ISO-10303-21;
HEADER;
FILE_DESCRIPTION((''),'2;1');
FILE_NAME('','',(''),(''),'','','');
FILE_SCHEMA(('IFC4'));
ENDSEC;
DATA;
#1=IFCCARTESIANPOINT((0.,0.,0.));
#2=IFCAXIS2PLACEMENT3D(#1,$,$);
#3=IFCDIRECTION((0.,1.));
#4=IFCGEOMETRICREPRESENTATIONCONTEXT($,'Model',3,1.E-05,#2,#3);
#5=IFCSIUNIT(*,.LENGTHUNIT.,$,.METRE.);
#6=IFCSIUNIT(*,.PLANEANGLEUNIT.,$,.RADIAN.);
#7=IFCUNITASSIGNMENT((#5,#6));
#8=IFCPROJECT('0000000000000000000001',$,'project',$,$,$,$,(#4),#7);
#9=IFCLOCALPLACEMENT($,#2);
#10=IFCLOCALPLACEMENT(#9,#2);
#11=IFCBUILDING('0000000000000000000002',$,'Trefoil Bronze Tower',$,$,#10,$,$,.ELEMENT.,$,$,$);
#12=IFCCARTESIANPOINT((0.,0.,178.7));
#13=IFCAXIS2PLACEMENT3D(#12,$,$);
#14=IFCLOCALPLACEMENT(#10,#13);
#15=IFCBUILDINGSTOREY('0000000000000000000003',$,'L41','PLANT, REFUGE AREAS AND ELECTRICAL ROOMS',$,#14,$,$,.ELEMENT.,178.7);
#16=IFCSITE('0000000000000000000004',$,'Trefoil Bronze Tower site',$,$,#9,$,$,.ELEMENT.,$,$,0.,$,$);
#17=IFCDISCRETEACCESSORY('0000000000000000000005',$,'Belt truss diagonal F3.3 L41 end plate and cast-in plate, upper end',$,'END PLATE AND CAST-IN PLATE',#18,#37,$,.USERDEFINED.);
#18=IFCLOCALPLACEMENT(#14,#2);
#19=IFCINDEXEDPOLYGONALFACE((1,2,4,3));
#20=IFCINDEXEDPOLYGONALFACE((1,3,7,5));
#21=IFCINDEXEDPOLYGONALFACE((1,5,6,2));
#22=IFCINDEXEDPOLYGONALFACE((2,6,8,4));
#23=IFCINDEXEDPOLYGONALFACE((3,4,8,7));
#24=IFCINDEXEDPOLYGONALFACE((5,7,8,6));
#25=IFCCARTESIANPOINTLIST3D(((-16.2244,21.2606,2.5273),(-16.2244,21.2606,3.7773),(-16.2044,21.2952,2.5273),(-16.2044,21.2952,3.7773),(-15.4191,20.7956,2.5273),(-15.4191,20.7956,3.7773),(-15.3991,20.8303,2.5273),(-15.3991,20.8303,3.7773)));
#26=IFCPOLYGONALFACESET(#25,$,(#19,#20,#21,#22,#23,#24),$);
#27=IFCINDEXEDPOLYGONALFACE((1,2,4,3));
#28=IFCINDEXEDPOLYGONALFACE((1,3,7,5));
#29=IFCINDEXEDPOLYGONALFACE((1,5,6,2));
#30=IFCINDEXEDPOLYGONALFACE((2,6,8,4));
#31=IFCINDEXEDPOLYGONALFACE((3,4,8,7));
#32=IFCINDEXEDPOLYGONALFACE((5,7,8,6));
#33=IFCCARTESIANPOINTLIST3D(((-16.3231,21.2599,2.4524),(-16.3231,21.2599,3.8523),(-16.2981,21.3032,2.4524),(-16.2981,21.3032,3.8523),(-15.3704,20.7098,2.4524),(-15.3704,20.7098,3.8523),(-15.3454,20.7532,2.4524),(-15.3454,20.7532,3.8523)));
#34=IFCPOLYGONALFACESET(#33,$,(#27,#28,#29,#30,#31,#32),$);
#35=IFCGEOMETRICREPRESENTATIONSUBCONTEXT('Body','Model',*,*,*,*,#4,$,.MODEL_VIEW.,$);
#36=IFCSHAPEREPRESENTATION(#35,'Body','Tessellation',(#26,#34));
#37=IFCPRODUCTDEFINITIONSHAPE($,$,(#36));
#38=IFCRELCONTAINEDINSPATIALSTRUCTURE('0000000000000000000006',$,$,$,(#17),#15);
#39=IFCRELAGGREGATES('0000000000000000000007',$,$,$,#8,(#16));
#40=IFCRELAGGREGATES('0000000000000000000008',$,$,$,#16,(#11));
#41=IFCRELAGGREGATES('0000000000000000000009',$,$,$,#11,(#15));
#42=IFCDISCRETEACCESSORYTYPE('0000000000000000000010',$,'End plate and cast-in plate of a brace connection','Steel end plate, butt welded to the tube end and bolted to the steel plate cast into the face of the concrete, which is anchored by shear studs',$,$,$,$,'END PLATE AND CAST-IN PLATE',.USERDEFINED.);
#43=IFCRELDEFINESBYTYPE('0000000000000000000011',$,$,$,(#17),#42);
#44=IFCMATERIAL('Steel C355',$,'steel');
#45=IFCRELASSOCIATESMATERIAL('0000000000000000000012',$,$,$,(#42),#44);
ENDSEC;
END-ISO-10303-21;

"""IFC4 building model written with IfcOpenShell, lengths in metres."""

from ifc_helpers import new_model, si_unit, direction, frame, origin, origin_2d, place, context, subcontext, project, spatial, rectangle, extrude, material, type_object, element, save


model = new_model("IFC4")

# Units and contexts
model_context = context("Model", 3, precision=1e-05, world=origin(), true_north=direction((0.0, 1.0)))
body_context = subcontext(model_context, "Body", "Model", "MODEL_VIEW")
ifc_project = project(units=[si_unit("LENGTHUNIT", "METRE"), si_unit("PLANEANGLEUNIT", "RADIAN")], contexts=[model_context])

# Site, building, storey
site_placement = place(None, origin())
site = spatial("IfcSite", under=ifc_project, at=site_placement, Name="Trefoil Bronze Tower site", CompositionType="ELEMENT", RefElevation=0.0)
building_placement = place(site_placement, origin())
building = spatial("IfcBuilding", under=site, at=building_placement, Name="Trefoil Bronze Tower", CompositionType="ELEMENT")
storey_placement = place(building_placement, frame((0.0, 0.0, 178.7)))
storey = spatial("IfcBuildingStorey", under=building, at=storey_placement, Name="L41", Description="PLANT, REFUGE AREAS AND ELECTRICAL ROOMS", CompositionType="ELEMENT", Elevation=178.7)

# Discrete accessory
ifc_material_1 = material(Name="Steel C355", Category="steel")
discrete_accessory_type = type_object("IfcDiscreteAccessoryType", Name="End plate and cast-in plate of a brace connection", Description="Steel end plate, butt welded to the tube end and bolted to the steel plate cast into the face of the concrete, which is anchored by shear studs", ElementType="END PLATE AND CAST-IN PLATE", PredefinedType="USERDEFINED", material=ifc_material_1)
discrete_accessory_1_placement = place(storey_placement, frame((-15.8218, 21.0281, 3.1523), z_axis=(0.0, 0.0, 1.0), x_axis=(0.5, 0.866025, 0.0)))
element("IfcDiscreteAccessory", 1, at=discrete_accessory_1_placement, inside=storey, type_object=discrete_accessory_type, Name="Belt truss diagonal F3.3 L41 end plate and cast-in plate, upper end", ObjectType="END PLATE AND CAST-IN PLATE", PredefinedType="USERDEFINED", context=body_context, shape_type="SweptSolid", body=[
    extrude(rectangle(XDim=0.04, YDim=0.9299, at=origin_2d()), frame((0.02, 0.0, -0.625)), (0.0, 0.0, 1.0), 1.25),
    extrude(rectangle(XDim=0.05, YDim=1.1001, at=origin_2d()), frame((-0.0249, 0.0, -0.7)), (0.0, 0.0, 1.0), 1.3999),
])

save(model, "model.ifc")
